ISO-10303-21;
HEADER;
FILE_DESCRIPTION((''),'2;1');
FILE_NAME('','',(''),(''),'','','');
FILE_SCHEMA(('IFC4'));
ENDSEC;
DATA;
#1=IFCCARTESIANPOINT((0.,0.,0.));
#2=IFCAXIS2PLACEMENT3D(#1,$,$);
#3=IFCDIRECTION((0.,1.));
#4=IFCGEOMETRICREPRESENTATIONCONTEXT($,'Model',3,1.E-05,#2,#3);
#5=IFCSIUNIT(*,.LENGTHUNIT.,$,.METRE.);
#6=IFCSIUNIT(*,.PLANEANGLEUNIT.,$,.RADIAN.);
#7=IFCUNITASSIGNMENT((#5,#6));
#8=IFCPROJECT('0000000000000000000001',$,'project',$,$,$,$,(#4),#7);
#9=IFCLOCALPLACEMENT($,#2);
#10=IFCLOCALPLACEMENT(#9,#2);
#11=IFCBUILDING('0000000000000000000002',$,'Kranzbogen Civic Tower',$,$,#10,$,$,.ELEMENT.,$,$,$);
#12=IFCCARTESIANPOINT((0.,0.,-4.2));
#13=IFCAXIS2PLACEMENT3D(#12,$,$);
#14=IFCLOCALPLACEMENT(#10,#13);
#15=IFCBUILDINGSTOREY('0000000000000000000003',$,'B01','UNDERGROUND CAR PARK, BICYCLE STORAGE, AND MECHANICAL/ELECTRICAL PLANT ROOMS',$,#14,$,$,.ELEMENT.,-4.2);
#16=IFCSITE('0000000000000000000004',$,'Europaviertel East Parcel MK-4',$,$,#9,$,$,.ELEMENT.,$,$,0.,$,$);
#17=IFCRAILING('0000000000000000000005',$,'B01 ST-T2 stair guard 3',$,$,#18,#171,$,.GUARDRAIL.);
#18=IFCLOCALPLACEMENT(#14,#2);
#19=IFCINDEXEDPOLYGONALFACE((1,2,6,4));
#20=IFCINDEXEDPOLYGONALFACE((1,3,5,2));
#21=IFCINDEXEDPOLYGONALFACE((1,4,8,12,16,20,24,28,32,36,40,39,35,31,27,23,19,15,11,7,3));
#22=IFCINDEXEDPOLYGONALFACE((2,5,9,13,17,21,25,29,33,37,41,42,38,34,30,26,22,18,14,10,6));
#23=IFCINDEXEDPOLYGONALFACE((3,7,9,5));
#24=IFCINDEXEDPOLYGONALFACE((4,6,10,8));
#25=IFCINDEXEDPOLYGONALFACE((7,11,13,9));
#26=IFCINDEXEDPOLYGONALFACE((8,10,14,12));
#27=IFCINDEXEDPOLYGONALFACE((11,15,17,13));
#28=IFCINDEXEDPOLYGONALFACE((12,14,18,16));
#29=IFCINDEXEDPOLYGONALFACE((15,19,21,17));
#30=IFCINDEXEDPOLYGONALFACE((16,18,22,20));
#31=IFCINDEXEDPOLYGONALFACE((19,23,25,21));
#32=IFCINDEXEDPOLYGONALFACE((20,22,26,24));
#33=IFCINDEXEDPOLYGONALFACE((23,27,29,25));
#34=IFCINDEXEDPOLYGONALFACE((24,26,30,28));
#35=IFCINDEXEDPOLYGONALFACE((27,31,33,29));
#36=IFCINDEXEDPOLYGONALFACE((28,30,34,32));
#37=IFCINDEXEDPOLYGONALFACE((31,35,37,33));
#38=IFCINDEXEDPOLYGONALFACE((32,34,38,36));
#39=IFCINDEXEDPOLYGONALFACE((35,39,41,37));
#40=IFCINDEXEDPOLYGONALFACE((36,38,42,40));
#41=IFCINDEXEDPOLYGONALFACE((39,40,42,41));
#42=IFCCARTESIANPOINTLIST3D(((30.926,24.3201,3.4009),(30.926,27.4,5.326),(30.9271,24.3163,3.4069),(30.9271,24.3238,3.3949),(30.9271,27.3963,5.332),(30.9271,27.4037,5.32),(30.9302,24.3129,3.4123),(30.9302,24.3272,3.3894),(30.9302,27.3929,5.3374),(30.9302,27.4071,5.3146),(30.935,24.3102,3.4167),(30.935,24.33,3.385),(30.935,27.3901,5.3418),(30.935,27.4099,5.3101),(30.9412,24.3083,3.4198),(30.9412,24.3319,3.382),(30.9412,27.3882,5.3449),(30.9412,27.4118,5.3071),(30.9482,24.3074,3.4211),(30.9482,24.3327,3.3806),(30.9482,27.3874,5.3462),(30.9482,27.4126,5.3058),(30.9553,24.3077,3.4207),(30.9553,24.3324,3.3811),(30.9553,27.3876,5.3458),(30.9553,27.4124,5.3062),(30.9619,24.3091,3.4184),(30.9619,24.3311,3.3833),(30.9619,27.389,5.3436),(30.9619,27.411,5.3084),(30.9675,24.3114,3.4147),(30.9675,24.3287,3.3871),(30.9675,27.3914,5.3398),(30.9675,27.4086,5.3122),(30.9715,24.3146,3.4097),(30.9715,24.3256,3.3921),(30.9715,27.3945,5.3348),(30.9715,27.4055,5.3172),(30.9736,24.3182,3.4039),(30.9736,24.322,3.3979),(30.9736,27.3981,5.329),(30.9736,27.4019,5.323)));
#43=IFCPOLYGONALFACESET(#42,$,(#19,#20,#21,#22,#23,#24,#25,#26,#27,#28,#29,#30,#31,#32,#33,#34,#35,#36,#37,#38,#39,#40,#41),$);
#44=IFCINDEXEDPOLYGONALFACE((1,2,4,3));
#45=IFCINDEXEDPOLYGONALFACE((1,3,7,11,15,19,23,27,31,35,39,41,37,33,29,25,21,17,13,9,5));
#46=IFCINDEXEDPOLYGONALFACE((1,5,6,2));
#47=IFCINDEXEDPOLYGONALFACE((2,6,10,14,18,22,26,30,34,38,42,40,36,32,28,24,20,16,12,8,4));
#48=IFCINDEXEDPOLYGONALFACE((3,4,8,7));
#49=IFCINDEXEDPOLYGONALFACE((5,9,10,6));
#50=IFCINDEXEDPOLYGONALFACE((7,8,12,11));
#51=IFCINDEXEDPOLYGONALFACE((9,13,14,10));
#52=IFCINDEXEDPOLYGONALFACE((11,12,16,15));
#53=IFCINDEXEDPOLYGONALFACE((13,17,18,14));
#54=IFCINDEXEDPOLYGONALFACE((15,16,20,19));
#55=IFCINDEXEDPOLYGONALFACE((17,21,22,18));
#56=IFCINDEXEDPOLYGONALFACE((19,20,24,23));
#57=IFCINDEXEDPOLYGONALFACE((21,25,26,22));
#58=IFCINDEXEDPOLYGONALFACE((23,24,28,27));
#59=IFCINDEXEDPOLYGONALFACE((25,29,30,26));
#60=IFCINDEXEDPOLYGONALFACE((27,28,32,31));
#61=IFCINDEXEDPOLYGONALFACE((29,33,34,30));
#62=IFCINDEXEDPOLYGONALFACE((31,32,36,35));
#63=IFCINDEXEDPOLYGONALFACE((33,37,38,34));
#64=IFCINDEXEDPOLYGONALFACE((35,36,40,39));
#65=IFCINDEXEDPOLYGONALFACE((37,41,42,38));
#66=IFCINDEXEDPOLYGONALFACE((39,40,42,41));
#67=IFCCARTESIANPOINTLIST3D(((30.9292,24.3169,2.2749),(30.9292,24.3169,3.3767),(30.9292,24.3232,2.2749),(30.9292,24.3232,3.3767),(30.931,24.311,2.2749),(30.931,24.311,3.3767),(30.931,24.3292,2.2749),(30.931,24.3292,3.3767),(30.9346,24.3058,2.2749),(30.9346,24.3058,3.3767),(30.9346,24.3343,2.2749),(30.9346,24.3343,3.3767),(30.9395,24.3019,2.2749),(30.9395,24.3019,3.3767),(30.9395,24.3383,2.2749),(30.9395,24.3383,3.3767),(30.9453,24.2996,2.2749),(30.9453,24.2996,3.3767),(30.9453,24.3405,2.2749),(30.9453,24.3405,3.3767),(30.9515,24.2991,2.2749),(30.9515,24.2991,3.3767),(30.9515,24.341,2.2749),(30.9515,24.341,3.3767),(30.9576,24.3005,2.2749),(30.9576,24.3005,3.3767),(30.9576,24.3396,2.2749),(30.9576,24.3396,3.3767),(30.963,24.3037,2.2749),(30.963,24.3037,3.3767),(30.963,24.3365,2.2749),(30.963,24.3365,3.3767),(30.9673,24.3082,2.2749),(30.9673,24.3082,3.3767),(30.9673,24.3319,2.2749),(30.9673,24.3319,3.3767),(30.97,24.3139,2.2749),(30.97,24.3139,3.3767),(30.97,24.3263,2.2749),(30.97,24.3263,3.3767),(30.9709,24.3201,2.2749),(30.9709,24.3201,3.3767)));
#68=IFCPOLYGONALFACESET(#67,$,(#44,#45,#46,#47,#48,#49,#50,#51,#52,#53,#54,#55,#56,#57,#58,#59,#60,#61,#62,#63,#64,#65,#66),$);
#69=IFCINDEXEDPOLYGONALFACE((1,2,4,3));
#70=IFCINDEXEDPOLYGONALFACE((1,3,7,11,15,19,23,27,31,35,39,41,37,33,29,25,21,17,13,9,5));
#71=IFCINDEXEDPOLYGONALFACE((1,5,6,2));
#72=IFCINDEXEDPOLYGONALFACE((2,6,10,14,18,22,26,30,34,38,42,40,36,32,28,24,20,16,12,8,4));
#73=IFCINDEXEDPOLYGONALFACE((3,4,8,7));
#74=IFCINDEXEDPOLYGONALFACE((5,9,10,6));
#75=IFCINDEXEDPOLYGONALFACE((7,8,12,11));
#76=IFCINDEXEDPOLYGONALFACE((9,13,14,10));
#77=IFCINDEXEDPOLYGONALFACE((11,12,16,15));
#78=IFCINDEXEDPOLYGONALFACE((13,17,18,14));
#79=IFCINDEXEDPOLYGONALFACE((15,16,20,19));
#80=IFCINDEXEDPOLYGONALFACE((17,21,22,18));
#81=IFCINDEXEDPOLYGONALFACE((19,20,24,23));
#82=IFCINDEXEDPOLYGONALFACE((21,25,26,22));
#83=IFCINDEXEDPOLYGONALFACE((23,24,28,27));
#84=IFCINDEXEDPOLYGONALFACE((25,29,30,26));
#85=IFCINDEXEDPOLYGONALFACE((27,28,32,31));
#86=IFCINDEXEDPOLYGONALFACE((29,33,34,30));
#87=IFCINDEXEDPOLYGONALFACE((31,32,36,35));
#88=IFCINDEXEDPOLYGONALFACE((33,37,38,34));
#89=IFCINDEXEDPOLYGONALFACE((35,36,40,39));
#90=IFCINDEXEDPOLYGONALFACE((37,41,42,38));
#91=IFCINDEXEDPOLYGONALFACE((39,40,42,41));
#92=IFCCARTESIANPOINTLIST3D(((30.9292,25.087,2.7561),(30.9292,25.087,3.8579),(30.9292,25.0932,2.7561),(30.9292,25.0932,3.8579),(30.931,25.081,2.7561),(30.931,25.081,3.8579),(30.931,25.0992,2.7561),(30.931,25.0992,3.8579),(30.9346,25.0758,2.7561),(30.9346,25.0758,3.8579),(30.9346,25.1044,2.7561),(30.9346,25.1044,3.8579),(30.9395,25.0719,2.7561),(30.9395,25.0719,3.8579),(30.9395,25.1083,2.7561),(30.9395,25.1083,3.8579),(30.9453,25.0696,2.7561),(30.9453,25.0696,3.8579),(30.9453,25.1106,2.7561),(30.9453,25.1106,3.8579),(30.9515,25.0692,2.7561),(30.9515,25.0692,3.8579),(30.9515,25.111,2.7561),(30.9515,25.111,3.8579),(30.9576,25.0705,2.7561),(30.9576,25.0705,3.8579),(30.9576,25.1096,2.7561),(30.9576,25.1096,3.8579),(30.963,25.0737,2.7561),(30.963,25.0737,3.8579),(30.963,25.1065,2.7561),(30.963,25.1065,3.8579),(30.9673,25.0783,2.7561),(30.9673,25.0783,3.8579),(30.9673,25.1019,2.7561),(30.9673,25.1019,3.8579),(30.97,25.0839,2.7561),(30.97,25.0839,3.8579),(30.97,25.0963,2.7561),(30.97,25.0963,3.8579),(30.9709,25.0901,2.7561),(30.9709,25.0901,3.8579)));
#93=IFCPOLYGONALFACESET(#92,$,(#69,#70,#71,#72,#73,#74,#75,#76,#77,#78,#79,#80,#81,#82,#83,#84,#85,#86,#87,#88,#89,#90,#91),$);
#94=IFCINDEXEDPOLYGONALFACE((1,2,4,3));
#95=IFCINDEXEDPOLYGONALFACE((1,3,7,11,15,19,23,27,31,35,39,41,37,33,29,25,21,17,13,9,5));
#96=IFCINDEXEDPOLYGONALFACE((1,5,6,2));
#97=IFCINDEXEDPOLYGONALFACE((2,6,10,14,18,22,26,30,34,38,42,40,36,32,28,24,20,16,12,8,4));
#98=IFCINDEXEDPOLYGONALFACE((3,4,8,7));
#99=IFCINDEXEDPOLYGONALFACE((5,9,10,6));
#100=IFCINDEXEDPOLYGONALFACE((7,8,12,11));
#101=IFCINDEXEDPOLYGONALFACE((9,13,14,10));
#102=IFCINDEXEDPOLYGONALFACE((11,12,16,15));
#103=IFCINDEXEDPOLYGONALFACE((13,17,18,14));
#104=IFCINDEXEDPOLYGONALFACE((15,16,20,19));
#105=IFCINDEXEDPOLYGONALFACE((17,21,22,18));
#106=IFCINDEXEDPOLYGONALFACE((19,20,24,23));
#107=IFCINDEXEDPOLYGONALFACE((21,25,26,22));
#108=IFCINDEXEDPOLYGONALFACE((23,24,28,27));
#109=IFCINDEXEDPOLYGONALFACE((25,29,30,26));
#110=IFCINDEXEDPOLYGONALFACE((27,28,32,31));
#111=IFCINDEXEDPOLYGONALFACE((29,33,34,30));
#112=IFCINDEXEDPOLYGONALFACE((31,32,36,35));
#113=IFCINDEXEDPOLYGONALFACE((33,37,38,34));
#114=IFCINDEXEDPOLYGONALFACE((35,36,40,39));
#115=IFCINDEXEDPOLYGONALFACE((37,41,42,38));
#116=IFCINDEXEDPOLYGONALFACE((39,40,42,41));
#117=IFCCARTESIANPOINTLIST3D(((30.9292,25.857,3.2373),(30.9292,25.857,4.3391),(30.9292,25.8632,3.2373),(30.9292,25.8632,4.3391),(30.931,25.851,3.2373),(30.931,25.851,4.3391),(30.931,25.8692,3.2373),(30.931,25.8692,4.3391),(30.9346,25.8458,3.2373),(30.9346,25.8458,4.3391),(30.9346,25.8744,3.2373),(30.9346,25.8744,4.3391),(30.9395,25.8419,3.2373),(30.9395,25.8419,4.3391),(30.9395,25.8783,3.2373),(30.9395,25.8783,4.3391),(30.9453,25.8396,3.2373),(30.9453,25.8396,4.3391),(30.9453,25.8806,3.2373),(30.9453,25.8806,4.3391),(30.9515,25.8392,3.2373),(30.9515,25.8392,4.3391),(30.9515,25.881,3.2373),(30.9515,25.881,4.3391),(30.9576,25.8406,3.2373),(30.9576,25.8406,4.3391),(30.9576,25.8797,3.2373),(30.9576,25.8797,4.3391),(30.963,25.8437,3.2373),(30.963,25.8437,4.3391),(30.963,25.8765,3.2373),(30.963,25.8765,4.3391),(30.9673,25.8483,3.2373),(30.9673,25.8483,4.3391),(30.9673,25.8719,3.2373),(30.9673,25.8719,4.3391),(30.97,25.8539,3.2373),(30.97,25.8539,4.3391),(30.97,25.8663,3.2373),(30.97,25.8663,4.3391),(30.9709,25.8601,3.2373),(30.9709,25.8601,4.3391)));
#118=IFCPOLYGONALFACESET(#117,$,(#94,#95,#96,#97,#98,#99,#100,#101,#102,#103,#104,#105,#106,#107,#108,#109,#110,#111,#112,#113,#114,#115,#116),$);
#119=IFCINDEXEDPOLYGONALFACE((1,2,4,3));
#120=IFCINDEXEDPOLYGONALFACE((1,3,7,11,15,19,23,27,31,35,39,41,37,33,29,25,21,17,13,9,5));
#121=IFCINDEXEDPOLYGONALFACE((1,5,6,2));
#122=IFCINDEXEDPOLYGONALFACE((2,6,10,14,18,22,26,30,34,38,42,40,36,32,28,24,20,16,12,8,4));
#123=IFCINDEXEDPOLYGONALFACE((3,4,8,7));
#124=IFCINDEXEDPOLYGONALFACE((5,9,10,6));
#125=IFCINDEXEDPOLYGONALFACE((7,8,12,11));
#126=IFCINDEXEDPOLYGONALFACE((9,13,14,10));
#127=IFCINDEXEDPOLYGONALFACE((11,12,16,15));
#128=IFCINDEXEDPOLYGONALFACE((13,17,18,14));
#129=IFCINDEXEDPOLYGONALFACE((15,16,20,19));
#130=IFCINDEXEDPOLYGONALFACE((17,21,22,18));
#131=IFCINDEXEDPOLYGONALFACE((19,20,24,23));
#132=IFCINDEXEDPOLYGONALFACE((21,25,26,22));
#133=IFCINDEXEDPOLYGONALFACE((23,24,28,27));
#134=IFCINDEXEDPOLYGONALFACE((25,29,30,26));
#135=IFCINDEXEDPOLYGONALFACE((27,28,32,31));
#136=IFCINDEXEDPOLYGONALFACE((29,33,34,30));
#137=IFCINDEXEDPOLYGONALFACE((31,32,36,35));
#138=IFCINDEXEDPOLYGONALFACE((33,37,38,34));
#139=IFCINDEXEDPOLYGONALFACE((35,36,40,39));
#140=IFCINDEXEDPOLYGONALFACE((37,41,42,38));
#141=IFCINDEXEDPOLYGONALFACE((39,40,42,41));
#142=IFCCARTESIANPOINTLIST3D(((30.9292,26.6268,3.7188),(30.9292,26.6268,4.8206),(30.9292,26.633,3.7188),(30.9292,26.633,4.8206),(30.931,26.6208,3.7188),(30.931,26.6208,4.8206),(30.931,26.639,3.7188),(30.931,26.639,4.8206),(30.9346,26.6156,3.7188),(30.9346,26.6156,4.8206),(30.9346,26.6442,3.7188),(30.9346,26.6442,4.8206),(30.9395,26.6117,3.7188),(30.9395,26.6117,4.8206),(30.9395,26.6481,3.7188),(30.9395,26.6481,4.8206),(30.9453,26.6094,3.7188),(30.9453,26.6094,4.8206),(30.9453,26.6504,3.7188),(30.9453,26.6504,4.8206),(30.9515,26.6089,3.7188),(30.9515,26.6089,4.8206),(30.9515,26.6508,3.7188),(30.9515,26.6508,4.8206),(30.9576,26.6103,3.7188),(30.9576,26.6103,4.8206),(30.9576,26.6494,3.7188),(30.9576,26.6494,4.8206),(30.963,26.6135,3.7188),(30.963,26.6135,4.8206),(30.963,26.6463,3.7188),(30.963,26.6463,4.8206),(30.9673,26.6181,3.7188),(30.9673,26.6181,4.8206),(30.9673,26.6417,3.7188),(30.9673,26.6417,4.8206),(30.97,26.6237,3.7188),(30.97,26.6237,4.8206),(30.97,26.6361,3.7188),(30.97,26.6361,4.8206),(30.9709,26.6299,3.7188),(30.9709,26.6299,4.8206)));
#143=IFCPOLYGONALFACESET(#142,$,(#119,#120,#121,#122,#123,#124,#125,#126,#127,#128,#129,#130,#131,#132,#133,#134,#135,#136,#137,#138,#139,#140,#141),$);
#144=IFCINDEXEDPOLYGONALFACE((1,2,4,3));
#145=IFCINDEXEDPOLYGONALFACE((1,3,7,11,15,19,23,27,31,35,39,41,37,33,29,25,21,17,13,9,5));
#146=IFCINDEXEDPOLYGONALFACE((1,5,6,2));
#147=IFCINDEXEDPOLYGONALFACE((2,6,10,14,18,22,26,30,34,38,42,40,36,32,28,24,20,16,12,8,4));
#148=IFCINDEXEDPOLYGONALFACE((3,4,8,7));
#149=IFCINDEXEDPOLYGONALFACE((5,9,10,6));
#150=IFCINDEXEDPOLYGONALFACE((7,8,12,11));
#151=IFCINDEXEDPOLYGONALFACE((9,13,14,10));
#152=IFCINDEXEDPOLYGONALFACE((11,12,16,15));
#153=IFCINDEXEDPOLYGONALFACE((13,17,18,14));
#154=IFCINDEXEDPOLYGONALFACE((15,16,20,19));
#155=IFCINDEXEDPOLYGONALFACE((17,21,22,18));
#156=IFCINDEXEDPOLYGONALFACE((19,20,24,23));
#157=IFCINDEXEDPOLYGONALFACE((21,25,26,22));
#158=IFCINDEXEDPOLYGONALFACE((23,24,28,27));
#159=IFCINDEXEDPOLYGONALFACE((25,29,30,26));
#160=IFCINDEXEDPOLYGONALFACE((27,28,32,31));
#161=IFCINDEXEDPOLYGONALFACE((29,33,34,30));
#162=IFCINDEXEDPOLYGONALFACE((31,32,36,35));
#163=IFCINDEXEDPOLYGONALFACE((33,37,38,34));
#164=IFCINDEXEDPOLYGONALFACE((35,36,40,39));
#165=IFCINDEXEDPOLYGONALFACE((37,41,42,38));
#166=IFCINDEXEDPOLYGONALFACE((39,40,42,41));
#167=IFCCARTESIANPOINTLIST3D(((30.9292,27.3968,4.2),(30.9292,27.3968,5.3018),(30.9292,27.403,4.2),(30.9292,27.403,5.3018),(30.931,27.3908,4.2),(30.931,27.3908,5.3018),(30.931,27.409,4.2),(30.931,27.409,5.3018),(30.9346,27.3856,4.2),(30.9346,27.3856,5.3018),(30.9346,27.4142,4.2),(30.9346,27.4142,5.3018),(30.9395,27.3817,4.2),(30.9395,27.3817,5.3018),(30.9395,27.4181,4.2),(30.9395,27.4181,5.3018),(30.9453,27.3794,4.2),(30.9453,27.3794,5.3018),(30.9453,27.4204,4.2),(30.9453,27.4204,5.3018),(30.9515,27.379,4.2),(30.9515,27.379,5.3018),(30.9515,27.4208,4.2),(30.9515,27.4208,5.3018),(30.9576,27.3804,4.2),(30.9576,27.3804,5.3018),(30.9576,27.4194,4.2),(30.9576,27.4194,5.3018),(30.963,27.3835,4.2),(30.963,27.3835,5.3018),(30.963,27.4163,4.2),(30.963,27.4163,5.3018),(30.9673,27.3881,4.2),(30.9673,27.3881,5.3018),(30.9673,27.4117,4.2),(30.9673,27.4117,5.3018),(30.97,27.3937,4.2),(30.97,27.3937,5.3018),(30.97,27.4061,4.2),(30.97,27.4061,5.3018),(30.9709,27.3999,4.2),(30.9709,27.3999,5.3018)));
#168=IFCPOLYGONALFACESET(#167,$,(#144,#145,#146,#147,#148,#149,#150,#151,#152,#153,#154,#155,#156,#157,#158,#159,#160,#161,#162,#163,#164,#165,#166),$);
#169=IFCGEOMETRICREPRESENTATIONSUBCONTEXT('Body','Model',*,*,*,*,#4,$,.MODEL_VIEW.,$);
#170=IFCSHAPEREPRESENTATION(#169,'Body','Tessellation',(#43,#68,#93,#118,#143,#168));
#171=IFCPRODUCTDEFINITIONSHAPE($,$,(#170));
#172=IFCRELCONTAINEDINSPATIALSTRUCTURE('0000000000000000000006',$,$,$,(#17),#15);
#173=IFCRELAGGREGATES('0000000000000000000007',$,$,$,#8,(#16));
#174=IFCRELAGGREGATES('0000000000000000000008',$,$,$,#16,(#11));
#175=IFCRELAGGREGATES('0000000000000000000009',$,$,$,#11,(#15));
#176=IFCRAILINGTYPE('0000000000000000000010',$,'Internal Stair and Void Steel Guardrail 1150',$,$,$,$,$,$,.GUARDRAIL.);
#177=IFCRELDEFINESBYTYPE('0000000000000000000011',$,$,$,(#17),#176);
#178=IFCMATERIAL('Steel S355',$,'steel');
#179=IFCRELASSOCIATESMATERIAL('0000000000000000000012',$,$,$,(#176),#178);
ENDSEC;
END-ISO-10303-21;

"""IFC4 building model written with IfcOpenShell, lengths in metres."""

from ifc_helpers import new_model, si_unit, direction, frame, origin, origin_2d, place, context, subcontext, project, spatial, circle, extrude, material, type_object, element, save


model = new_model("IFC4")

# Units and contexts
model_context = context("Model", 3, precision=1e-05, world=origin(), true_north=direction((0.0, 1.0)))
body_context = subcontext(model_context, "Body", "Model", "MODEL_VIEW")
ifc_project = project(units=[si_unit("LENGTHUNIT", "METRE"), si_unit("PLANEANGLEUNIT", "RADIAN")], contexts=[model_context])

# Site, building, storey
site_placement = place(None, origin())
site = spatial("IfcSite", under=ifc_project, at=site_placement, Name="Europaviertel East Parcel MK-4", CompositionType="ELEMENT", RefElevation=0.0)
building_placement = place(site_placement, origin())
building = spatial("IfcBuilding", under=site, at=building_placement, Name="Kranzbogen Civic Tower", CompositionType="ELEMENT")
storey_placement = place(building_placement, frame((0.0, 0.0, -4.2)))
storey = spatial("IfcBuildingStorey", under=building, at=storey_placement, Name="B01", Description="UNDERGROUND CAR PARK, BICYCLE STORAGE, AND MECHANICAL/ELECTRICAL PLANT ROOMS", CompositionType="ELEMENT", Elevation=-4.2)

# Shared definitions
ifc_material_1 = material(Name="Steel S355", Category="steel")

# Railing
railing_type_1 = type_object("IfcRailingType", Name="Internal Stair and Void Steel Guardrail 1150", PredefinedType="GUARDRAIL", material=ifc_material_1)
railing_1_placement = place(storey_placement, frame((30.95, 24.3201, 2.2749)))
element("IfcRailing", 1, at=railing_1_placement, inside=storey, type_object=railing_type_1, Name="B01 ST-T2 stair guard 3", PredefinedType="GUARDRAIL", context=body_context, shape_type="SweptSolid", body=[
    extrude(circle(Radius=0.0239, at=origin_2d()), frame((0.0, 0.0, 1.126), z_axis=(0.0, 0.847979, 0.530029), x_axis=(-1.0, 0.0, 0.0)), (0.0, 0.0, 1.0), 3.6321),
    extrude(circle(Radius=0.021, at=origin_2d()), origin(), (0.0, 0.0, 1.0), 1.1018),
    extrude(circle(Radius=0.021, at=origin_2d()), frame((0.0, 0.77, 0.4812)), (0.0, 0.0, 1.0), 1.1018),
    extrude(circle(Radius=0.021, at=origin_2d()), frame((0.0, 1.54, 0.9624)), (0.0, 0.0, 1.0), 1.1018),
    extrude(circle(Radius=0.021, at=origin_2d()), frame((0.0, 2.3098, 1.4438)), (0.0, 0.0, 1.0), 1.1018),
    extrude(circle(Radius=0.021, at=origin_2d()), frame((0.0, 3.0798, 1.925)), (0.0, 0.0, 1.0), 1.1018),
])

save(model, "model.ifc")
